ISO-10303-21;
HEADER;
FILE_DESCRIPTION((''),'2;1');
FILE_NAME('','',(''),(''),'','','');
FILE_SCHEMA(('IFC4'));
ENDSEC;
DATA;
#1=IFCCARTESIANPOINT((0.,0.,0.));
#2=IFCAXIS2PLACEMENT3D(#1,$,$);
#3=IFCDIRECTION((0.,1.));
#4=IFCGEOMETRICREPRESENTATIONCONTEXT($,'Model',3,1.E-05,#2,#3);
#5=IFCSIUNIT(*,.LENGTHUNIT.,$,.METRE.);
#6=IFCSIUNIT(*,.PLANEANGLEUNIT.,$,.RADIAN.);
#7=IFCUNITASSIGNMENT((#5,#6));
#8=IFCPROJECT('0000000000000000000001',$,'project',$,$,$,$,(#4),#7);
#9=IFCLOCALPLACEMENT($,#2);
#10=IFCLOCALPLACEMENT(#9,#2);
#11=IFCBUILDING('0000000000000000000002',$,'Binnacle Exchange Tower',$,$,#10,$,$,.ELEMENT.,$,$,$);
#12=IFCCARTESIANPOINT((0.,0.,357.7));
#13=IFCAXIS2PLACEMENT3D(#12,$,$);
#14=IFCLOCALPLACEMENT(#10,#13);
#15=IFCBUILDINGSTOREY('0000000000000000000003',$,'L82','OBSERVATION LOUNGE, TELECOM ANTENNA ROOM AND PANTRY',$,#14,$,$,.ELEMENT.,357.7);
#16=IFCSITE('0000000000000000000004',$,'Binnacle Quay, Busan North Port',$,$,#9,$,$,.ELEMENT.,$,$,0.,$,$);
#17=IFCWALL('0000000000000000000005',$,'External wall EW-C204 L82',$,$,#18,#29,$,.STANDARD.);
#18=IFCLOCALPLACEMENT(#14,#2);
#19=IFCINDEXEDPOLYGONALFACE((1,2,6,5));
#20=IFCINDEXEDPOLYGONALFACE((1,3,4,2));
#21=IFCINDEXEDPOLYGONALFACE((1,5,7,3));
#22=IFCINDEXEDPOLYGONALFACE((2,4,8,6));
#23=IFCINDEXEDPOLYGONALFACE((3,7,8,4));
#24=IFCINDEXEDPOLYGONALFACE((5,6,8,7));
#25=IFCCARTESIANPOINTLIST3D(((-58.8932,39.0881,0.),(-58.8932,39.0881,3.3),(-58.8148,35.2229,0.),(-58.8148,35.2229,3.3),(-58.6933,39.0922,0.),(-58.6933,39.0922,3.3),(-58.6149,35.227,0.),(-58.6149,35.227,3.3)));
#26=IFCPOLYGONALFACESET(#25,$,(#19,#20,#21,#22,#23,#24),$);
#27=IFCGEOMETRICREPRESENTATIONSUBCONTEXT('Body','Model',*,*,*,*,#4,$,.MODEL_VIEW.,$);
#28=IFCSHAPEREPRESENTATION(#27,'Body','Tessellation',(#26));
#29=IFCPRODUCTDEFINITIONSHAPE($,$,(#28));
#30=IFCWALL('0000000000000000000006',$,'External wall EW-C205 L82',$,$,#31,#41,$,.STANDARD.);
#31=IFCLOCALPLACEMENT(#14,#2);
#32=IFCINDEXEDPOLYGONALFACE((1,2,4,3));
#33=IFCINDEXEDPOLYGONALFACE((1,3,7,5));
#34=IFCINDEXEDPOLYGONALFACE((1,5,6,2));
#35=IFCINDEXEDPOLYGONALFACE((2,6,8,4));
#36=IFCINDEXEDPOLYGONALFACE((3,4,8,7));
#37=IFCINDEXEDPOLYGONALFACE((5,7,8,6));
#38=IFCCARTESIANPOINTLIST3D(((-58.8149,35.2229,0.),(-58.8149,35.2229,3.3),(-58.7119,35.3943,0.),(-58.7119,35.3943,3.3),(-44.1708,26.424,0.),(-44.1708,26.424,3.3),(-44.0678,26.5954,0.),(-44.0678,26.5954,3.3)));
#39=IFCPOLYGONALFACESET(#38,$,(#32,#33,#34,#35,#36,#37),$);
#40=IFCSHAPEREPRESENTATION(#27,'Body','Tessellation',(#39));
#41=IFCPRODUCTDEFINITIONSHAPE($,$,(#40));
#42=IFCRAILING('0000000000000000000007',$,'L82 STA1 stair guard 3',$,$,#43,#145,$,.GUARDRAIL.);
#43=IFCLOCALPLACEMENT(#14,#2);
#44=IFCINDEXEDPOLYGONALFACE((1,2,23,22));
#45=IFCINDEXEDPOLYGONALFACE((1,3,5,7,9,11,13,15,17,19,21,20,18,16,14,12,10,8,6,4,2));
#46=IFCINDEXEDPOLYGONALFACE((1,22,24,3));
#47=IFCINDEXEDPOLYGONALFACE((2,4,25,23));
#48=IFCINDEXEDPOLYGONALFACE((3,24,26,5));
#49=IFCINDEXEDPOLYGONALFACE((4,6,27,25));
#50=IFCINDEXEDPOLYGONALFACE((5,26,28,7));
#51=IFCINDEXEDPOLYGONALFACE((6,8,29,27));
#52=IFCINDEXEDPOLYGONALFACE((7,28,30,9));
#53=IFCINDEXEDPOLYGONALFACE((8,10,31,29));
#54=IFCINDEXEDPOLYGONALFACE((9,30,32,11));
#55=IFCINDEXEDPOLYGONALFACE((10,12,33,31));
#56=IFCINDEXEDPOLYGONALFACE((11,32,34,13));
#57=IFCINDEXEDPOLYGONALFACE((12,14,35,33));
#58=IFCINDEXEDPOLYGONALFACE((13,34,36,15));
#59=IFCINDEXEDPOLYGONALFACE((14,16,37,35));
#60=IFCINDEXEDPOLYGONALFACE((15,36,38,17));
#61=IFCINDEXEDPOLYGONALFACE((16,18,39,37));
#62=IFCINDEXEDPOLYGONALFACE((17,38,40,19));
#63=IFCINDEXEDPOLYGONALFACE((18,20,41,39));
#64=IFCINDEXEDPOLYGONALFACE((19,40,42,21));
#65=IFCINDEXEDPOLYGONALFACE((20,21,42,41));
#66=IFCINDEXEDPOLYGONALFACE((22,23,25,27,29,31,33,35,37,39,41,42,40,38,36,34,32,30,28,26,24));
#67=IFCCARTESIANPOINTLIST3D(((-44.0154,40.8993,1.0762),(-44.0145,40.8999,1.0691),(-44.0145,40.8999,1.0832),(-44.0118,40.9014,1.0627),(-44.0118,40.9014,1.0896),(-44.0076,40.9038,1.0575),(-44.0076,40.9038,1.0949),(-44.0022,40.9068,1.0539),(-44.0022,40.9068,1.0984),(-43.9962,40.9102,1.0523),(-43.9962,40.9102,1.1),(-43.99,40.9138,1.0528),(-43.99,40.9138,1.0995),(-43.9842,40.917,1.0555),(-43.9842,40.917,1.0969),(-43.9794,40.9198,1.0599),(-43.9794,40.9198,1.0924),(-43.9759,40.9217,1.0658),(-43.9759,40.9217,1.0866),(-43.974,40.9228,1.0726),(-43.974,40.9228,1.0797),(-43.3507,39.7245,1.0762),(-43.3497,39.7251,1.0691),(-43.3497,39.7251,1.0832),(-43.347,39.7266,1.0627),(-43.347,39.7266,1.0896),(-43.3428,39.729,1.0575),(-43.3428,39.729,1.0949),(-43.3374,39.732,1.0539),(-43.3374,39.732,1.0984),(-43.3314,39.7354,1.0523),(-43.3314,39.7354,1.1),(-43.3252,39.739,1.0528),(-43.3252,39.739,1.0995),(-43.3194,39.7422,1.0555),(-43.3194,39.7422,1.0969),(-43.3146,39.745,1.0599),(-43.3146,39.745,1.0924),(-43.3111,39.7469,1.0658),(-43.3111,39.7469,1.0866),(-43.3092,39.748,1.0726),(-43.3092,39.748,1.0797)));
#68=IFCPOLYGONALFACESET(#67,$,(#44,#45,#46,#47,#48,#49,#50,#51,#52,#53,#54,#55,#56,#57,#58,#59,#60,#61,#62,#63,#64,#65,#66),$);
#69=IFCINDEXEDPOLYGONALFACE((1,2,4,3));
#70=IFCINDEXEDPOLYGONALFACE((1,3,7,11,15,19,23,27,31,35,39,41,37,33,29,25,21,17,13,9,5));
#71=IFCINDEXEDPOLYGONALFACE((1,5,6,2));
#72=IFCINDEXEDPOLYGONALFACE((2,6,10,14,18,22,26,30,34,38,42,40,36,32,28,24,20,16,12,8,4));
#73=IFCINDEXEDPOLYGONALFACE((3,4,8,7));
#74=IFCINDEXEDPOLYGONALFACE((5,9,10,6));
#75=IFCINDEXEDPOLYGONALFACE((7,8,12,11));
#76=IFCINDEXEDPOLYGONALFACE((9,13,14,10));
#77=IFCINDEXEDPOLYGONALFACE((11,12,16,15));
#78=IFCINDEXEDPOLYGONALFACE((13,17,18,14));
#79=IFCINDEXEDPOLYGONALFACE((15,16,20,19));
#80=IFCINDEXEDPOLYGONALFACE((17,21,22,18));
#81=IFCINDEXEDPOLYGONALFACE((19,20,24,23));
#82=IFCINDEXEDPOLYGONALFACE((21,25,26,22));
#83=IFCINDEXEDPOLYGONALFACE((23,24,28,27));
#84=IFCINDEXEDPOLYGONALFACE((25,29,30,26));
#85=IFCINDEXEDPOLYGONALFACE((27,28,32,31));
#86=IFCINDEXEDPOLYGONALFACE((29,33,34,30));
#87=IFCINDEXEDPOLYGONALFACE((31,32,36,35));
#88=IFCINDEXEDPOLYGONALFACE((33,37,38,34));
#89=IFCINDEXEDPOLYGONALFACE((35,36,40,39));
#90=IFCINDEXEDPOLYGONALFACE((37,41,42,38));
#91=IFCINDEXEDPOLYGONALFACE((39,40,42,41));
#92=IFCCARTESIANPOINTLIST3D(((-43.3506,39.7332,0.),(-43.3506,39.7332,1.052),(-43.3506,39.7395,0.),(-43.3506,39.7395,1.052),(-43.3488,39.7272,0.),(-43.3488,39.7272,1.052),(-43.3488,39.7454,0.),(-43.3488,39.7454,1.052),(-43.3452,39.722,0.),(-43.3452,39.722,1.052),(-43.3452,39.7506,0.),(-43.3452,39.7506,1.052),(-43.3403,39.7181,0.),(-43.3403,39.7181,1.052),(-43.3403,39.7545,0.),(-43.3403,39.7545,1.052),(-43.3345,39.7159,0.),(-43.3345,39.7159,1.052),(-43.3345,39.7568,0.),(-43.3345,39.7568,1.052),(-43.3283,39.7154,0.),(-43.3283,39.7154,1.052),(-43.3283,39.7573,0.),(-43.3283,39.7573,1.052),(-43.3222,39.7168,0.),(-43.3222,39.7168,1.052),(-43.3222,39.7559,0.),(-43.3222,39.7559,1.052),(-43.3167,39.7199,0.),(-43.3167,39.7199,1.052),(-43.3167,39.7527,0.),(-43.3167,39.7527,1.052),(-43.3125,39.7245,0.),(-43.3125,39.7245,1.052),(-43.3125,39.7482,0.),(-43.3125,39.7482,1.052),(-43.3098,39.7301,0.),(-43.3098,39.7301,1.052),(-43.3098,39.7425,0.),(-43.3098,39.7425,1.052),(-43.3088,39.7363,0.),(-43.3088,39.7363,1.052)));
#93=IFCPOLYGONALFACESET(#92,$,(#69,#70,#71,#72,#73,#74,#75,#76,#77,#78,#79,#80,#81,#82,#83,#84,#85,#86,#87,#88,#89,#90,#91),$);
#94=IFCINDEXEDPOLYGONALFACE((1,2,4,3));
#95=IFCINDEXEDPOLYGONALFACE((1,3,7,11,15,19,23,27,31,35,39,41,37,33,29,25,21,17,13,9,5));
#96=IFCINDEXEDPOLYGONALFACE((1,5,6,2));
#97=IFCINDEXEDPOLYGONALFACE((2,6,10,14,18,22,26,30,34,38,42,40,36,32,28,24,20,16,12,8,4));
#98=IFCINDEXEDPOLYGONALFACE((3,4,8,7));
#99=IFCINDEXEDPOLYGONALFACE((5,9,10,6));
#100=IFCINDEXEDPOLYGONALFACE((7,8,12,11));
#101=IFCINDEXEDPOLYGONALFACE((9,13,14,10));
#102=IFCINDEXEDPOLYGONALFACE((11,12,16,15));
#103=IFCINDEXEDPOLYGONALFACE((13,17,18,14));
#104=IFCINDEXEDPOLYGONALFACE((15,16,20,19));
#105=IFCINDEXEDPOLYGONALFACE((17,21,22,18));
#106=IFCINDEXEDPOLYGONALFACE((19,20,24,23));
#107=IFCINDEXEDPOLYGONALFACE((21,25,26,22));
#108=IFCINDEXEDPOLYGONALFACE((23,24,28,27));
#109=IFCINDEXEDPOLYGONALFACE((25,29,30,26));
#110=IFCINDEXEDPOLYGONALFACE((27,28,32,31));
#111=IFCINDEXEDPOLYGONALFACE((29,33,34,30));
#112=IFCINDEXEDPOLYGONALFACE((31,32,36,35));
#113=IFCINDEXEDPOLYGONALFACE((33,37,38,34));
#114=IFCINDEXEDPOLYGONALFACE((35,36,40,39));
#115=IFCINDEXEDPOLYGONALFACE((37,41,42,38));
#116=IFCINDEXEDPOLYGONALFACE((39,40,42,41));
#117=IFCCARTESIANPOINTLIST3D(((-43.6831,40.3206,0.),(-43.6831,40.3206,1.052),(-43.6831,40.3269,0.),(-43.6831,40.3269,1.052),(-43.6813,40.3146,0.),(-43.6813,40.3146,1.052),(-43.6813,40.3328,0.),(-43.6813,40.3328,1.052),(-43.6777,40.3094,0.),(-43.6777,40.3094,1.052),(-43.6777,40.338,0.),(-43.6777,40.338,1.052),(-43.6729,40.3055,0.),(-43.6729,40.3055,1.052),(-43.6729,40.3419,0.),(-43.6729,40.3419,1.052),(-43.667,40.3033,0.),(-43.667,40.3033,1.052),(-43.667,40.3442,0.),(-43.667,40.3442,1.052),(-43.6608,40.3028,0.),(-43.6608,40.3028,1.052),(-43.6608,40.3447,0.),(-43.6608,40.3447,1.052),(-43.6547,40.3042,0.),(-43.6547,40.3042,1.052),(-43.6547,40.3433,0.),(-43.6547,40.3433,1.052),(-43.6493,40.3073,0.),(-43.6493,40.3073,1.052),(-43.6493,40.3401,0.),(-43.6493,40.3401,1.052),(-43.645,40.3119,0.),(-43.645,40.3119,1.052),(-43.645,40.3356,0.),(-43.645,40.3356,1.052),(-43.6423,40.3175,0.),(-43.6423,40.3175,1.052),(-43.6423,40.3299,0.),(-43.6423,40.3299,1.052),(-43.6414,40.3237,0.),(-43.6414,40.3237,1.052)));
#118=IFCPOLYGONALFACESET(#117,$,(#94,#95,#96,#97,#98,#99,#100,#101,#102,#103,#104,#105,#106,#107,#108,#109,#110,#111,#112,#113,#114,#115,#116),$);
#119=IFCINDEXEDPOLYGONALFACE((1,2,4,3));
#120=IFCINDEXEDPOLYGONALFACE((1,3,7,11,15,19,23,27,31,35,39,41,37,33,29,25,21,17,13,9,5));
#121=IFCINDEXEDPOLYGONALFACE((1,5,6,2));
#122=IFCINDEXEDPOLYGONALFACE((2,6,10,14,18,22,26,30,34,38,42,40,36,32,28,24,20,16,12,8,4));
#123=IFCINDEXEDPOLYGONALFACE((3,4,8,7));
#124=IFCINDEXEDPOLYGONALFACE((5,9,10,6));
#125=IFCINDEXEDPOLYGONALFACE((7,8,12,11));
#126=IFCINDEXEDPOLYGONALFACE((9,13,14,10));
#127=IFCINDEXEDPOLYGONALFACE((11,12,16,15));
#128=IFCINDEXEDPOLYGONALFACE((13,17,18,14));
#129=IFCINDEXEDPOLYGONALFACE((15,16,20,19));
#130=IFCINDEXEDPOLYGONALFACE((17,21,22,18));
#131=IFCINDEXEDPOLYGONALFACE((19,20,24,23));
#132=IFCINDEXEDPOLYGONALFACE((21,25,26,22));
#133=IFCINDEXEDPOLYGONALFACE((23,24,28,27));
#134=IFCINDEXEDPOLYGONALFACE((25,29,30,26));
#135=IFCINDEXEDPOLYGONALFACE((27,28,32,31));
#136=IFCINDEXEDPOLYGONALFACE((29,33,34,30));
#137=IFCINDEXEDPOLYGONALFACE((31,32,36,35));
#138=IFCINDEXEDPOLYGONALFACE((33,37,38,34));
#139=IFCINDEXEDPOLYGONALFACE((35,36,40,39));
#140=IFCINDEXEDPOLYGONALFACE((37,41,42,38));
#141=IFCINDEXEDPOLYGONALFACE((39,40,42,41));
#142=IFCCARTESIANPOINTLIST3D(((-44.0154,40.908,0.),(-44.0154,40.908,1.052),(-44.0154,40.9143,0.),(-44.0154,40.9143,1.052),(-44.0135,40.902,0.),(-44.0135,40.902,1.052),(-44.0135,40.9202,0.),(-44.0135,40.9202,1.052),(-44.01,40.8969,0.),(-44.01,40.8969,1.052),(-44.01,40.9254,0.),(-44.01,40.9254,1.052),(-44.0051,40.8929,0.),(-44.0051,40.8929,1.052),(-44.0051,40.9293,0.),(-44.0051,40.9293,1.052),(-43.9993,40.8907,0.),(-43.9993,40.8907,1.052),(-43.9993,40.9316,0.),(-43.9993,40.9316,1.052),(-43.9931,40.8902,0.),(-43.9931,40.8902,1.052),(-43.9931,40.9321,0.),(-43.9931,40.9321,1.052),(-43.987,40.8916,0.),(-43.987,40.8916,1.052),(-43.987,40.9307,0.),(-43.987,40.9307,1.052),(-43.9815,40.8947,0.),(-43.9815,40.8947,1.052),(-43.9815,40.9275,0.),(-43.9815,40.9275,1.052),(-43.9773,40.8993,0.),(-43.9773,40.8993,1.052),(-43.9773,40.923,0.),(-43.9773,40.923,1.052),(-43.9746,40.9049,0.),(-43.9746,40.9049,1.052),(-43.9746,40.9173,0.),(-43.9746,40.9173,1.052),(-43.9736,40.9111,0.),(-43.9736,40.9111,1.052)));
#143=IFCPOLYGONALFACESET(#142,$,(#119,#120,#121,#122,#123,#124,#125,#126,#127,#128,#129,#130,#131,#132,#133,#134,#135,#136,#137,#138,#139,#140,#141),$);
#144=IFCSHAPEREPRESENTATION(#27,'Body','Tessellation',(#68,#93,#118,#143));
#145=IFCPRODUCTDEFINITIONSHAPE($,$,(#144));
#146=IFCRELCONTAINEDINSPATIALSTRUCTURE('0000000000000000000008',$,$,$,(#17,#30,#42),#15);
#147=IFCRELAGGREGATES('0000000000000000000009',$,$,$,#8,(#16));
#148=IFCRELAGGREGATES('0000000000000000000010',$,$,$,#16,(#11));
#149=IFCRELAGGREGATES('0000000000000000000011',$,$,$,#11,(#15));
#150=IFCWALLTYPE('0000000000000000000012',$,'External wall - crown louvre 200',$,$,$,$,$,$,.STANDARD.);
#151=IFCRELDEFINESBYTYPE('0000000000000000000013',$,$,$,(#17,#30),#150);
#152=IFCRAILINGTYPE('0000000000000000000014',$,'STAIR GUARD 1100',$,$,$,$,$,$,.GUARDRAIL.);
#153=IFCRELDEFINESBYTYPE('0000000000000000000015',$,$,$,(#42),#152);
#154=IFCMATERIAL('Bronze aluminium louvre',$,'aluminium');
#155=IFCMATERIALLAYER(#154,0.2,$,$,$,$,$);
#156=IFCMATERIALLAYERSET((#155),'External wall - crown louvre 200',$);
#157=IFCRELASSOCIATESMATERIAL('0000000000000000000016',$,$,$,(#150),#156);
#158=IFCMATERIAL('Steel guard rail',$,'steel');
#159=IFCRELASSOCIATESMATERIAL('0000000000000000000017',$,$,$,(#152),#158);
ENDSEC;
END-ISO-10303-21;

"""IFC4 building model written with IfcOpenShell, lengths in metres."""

from ifc_helpers import new_model, si_unit, direction, frame, frame_2d, origin, origin_2d, place, context, subcontext, project, spatial, rectangle, circle, extrude, material, layer, layer_set, type_object, element, save


model = new_model("IFC4")

# Units and contexts
model_context = context("Model", 3, precision=1e-05, world=origin(), true_north=direction((0.0, 1.0)))
body_context = subcontext(model_context, "Body", "Model", "MODEL_VIEW")
ifc_project = project(units=[si_unit("LENGTHUNIT", "METRE"), si_unit("PLANEANGLEUNIT", "RADIAN")], contexts=[model_context])

# Site, building, storey
site_placement = place(None, origin())
site = spatial("IfcSite", under=ifc_project, at=site_placement, Name="Binnacle Quay, Busan North Port", CompositionType="ELEMENT", RefElevation=0.0)
building_placement = place(site_placement, origin())
building = spatial("IfcBuilding", under=site, at=building_placement, Name="Binnacle Exchange Tower", CompositionType="ELEMENT")
storey_placement = place(building_placement, frame((0.0, 0.0, 357.7)))
storey = spatial("IfcBuildingStorey", under=building, at=storey_placement, Name="L82", Description="OBSERVATION LOUNGE, TELECOM ANTENNA ROOM AND PANTRY", CompositionType="ELEMENT", Elevation=357.7)

# Walls
ifc_material_1 = material(Name="Bronze aluminium louvre", Category="aluminium")
ifc_layer_1 = layer(ifc_material_1, 0.2)
ifc_layer_set_1 = layer_set([ifc_layer_1], Name="External wall - crown louvre 200")
wall_type_1 = type_object("IfcWallType", Name="External wall - crown louvre 200", PredefinedType="STANDARD", material=ifc_layer_set_1)
wall_1_placement = place(storey_placement, frame((-58.7148, 35.2249, 0.0), z_axis=(0.0, 0.0, 1.0), x_axis=(-0.020271, 0.999795, 0.0)))
element("IfcWall", 1, at=wall_1_placement, inside=storey, type_object=wall_type_1, Name="External wall EW-C204 L82", PredefinedType="STANDARD", context=body_context, shape_type="SweptSolid", body=[
    extrude(rectangle(XDim=3.866, YDim=0.2, at=frame_2d((1.9331, 0.0))), origin(), (0.0, 0.0, 1.0), 3.3),
])
wall_2_placement = place(storey_placement, frame((-44.1194, 26.5098, 0.0), z_axis=(0.0, 0.0, 1.0), x_axis=(-0.857172, 0.515029, 0.0)))
element("IfcWall", 2, at=wall_2_placement, inside=storey, type_object=wall_type_1, Name="External wall EW-C205 L82", PredefinedType="STANDARD", context=body_context, shape_type="SweptSolid", body=[
    extrude(rectangle(XDim=17.0842, YDim=0.2, at=frame_2d((8.542, 0.0))), origin(), (0.0, 0.0, 1.0), 3.3),
])

# Railing
ifc_material_2 = material(Name="Steel guard rail", Category="steel")
railing_type = type_object("IfcRailingType", Name="STAIR GUARD 1100", PredefinedType="GUARDRAIL", material=ifc_material_2)
railing_placement = place(storey_placement, frame((-43.3298, 39.7363, 0.0)))
element("IfcRailing", 3, at=railing_placement, inside=storey, type_object=railing_type, Name="L82 STA1 stair guard 3", PredefinedType="GUARDRAIL", context=body_context, shape_type="SweptSolid", body=[
    extrude(circle(Radius=0.0239, at=origin_2d()), frame((0.0, 0.0, 1.0762), z_axis=(-0.492492, 0.870317, 0.0), x_axis=(-0.870317, -0.492492, 0.0)), (0.0, 0.0, 1.0), 1.3499),
    extrude(circle(Radius=0.021, at=origin_2d()), origin(), (0.0, 0.0, 1.0), 1.052),
    extrude(circle(Radius=0.021, at=origin_2d()), frame((-0.3325, 0.5874, 0.0)), (0.0, 0.0, 1.0), 1.052),
    extrude(circle(Radius=0.021, at=origin_2d()), frame((-0.6648, 1.1748, 0.0)), (0.0, 0.0, 1.0), 1.052),
])

save(model, "model.ifc")
